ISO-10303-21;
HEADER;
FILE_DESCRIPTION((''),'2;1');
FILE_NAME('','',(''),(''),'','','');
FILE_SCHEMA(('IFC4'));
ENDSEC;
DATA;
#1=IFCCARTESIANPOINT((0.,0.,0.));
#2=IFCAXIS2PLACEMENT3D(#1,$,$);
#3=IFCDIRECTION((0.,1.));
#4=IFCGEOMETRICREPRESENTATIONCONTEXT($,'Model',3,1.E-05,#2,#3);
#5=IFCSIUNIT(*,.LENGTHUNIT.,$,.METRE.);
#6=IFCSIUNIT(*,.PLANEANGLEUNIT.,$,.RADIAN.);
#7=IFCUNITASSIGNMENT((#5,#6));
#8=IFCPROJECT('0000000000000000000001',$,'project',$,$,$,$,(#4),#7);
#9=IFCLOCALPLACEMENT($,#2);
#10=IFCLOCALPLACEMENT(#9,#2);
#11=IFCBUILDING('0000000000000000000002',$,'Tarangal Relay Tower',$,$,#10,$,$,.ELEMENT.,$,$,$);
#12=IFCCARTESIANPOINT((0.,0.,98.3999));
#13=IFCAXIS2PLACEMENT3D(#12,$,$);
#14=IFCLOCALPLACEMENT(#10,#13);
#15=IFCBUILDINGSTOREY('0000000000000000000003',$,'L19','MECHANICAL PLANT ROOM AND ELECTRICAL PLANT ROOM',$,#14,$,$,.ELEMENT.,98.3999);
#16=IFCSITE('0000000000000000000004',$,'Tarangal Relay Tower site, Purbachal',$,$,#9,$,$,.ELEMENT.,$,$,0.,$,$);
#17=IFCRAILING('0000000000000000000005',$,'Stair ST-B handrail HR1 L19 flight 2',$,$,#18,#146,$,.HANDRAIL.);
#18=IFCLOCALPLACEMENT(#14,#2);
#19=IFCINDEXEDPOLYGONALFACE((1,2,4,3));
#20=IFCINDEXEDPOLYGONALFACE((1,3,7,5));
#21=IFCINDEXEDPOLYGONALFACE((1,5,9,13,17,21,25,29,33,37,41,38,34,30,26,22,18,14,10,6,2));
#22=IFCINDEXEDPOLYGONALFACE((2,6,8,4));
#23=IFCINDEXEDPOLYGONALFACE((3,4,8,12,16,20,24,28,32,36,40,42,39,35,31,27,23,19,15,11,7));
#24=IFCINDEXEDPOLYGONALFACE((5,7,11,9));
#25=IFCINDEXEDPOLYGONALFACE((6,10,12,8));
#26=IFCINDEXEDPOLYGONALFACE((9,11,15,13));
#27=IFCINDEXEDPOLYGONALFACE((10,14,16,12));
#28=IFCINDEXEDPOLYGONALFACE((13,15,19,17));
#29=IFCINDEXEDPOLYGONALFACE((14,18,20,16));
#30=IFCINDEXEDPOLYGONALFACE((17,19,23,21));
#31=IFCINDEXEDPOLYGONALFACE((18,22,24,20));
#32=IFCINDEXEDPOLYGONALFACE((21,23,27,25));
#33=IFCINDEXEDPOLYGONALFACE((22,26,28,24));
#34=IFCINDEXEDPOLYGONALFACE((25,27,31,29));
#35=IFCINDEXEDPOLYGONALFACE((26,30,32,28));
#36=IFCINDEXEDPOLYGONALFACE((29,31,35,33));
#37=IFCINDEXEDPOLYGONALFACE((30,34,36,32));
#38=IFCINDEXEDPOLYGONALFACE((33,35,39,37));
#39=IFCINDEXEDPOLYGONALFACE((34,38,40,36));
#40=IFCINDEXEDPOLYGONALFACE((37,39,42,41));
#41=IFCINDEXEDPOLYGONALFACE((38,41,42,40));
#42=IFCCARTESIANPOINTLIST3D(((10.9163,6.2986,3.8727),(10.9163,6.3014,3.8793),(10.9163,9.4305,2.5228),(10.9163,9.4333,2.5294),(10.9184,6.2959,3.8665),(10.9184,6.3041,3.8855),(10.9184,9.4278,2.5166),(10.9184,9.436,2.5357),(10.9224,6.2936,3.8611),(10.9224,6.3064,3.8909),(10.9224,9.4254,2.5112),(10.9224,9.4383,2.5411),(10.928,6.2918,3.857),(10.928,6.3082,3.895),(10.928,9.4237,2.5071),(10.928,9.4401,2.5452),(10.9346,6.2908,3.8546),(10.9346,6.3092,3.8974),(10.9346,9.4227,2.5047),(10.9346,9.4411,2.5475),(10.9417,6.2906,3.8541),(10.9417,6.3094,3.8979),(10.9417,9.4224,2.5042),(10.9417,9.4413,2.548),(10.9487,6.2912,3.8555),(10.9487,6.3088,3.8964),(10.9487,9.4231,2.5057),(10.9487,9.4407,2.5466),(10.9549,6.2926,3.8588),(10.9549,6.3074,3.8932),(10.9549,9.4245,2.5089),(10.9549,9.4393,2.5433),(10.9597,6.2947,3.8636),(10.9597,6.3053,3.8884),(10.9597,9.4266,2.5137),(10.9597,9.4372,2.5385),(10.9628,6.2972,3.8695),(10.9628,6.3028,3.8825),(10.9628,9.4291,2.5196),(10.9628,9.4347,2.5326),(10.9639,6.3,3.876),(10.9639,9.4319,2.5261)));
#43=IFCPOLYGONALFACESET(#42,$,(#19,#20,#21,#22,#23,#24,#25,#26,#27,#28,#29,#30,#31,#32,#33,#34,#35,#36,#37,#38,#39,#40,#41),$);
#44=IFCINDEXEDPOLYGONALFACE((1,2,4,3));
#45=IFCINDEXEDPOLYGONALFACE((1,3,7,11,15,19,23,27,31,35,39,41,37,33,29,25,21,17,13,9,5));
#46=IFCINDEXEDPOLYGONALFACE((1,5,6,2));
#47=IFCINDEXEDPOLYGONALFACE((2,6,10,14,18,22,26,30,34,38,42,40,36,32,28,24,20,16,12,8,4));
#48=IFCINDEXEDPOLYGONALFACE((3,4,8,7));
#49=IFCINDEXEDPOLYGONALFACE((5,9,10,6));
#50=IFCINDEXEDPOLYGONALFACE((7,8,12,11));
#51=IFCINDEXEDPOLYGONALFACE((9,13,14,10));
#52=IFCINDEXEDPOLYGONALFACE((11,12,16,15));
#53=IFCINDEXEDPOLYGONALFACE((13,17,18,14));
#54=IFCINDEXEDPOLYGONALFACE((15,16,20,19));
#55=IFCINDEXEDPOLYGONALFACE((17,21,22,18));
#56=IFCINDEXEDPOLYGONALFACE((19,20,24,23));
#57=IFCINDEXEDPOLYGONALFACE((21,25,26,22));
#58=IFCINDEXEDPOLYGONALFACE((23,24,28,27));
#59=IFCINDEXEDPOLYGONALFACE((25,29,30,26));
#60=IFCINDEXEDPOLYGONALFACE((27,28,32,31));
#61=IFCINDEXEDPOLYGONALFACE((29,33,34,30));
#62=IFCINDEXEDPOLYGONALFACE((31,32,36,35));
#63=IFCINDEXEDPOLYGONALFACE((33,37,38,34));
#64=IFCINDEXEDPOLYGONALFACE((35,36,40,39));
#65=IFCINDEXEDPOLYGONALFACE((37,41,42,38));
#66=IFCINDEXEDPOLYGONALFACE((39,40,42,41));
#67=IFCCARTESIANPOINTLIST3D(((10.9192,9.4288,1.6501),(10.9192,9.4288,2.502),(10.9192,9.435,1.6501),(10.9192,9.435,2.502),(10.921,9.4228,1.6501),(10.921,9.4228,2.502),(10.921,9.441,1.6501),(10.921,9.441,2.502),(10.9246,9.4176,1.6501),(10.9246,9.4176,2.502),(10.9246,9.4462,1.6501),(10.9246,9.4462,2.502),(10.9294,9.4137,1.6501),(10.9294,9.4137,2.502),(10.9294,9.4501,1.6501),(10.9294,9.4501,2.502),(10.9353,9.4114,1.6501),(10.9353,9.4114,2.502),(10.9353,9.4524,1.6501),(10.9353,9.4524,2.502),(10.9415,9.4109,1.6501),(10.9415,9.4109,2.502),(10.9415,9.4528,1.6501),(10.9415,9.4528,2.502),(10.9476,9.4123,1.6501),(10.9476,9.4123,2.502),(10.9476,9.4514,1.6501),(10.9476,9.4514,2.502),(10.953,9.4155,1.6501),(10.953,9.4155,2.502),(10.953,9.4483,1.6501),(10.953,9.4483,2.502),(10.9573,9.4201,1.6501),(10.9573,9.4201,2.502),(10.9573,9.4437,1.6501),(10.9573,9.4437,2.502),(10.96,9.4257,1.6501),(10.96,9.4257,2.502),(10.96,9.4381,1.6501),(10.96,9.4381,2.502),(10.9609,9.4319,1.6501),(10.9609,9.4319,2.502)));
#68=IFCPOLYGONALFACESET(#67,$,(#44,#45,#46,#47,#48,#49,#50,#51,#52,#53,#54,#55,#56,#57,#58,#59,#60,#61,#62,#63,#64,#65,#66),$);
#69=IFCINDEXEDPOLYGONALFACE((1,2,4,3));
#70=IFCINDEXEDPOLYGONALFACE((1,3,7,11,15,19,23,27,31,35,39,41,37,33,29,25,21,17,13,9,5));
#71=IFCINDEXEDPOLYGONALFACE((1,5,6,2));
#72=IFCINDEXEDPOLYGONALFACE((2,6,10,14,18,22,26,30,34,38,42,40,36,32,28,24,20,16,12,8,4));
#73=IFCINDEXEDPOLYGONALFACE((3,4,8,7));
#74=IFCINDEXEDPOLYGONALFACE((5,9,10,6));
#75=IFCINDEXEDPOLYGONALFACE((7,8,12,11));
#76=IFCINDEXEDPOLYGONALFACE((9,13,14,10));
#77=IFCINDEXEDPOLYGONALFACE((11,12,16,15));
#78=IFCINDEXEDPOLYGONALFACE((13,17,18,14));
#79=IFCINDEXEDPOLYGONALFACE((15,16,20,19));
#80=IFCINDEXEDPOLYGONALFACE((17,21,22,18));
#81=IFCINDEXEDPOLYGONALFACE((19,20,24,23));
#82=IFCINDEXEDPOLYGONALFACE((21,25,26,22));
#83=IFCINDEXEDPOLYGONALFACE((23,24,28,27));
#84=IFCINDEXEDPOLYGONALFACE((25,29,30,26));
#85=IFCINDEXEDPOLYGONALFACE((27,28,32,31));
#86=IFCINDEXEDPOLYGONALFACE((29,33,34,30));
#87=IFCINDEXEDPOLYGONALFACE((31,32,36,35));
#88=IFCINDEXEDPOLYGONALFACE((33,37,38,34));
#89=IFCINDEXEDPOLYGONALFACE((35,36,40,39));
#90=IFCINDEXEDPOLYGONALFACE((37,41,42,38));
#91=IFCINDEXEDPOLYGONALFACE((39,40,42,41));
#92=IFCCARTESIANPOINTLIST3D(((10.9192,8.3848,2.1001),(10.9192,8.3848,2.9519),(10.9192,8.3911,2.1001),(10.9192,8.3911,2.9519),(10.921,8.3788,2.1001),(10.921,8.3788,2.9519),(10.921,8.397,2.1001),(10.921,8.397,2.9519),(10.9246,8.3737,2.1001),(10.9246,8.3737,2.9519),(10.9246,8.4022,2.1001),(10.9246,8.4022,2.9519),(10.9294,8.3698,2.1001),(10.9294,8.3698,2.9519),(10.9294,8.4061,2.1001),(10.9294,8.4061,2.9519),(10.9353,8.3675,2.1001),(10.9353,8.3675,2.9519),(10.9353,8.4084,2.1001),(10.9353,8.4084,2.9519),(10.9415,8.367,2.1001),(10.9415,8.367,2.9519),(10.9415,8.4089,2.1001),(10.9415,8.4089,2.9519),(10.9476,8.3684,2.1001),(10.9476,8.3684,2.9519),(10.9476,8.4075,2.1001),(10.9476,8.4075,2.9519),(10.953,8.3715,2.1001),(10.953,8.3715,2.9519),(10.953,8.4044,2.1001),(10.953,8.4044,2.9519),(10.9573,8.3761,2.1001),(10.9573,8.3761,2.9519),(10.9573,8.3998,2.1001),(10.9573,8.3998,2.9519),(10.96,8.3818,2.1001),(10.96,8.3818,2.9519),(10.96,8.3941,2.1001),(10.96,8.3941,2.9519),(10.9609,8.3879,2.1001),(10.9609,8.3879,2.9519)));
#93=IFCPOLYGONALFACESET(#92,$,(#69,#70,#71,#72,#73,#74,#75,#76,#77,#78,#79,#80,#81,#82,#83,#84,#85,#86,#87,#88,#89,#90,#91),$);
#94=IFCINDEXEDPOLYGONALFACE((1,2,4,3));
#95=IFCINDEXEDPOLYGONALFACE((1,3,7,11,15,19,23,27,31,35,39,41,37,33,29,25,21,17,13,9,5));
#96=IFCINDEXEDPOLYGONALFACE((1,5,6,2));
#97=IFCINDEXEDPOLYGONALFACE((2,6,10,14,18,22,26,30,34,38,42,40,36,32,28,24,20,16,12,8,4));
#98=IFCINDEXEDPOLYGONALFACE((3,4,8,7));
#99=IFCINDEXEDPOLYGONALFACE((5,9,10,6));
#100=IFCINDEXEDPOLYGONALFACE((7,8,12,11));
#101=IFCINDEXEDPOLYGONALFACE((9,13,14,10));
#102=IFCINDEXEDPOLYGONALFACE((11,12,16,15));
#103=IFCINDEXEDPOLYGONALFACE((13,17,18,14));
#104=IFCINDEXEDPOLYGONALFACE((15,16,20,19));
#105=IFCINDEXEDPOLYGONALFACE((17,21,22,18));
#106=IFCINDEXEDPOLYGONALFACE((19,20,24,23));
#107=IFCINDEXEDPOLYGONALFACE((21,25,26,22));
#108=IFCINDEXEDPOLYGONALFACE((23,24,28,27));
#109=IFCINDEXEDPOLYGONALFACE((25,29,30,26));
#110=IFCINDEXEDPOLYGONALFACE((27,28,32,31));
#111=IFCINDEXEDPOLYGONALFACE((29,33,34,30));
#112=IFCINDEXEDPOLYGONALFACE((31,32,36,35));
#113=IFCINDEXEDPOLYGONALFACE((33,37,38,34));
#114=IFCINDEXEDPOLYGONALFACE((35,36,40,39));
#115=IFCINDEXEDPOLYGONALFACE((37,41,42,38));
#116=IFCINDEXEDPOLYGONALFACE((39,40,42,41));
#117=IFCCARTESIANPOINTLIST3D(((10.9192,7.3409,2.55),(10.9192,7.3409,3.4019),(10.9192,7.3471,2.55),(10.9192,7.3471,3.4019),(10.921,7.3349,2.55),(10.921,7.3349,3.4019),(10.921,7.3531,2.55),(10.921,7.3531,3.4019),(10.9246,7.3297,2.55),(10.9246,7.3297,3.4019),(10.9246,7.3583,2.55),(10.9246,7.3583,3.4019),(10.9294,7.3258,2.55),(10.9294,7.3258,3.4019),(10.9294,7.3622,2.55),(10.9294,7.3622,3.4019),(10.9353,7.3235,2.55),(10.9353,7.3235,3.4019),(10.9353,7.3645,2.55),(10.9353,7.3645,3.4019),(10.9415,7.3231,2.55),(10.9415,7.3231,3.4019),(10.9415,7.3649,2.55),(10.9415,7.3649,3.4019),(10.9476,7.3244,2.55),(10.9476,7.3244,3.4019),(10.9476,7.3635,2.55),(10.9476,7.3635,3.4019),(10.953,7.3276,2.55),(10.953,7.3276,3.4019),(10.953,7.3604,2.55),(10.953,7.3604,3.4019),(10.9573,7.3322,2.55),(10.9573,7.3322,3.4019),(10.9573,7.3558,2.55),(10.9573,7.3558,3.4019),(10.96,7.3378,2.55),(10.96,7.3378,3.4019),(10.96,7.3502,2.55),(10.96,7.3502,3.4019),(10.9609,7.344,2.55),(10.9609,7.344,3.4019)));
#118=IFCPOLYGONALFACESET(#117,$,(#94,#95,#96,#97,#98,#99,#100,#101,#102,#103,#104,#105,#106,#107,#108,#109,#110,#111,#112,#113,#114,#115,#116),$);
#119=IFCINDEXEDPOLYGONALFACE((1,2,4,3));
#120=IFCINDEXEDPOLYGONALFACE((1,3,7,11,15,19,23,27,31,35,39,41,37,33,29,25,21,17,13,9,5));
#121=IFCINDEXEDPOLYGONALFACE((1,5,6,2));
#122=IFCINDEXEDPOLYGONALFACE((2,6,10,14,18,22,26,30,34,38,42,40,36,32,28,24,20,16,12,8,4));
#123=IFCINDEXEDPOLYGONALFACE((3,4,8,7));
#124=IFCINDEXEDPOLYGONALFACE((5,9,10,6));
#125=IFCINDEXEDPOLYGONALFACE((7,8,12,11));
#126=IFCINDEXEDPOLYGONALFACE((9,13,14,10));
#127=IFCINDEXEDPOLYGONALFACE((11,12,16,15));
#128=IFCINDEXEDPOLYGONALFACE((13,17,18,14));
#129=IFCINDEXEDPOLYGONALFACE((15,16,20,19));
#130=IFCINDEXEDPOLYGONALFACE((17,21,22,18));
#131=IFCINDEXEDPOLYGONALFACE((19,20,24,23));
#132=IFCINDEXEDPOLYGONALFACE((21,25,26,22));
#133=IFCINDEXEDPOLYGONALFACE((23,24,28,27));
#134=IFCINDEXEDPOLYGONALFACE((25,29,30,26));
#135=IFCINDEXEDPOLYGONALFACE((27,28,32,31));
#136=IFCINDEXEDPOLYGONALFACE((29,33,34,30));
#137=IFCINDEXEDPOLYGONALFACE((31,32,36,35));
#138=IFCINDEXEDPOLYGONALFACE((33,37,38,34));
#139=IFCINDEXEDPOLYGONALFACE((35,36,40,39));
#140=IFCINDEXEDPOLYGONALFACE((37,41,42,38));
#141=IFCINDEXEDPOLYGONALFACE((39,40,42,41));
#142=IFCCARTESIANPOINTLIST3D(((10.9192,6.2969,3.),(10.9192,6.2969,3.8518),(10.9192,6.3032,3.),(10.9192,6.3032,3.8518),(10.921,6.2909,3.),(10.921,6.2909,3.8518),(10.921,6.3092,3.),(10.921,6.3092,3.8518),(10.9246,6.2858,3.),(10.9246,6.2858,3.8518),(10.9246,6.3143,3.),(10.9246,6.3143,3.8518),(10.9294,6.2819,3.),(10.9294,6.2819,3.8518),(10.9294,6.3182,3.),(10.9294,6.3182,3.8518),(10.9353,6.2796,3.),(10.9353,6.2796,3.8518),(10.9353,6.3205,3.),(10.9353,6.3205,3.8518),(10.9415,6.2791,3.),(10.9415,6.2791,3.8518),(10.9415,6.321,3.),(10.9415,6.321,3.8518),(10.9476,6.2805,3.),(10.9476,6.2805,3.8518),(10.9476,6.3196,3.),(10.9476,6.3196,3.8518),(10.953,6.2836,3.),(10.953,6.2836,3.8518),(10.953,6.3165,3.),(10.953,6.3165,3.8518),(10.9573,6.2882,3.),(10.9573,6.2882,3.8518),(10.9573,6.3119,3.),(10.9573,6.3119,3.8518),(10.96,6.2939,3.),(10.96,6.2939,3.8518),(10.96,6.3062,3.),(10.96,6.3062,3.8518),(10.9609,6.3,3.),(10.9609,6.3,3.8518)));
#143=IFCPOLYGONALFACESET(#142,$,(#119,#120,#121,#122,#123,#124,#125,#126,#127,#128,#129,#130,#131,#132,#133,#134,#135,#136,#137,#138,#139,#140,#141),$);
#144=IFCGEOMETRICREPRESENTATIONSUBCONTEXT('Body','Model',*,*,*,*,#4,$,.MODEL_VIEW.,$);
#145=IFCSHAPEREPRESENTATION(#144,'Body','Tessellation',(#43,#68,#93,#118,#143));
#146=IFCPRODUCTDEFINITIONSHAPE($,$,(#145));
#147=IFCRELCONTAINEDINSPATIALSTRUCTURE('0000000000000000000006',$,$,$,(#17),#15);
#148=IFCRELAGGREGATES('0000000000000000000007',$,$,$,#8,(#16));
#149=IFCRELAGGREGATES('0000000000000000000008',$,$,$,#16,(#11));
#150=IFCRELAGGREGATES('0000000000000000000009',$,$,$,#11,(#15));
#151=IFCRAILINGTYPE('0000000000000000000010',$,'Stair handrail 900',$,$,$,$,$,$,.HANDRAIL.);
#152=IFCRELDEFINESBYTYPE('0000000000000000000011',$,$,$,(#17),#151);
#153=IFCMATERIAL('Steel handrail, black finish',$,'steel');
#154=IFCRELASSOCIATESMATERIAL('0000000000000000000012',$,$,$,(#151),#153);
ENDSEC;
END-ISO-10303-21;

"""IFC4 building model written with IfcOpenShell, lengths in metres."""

from ifc_helpers import new_model, si_unit, direction, frame, origin, origin_2d, place, context, subcontext, project, spatial, circle, extrude, material, type_object, element, save


model = new_model("IFC4")

# Units and contexts
model_context = context("Model", 3, precision=1e-05, world=origin(), true_north=direction((0.0, 1.0)))
body_context = subcontext(model_context, "Body", "Model", "MODEL_VIEW")
ifc_project = project(units=[si_unit("LENGTHUNIT", "METRE"), si_unit("PLANEANGLEUNIT", "RADIAN")], contexts=[model_context])

# Site, building, storey
site_placement = place(None, origin())
site = spatial("IfcSite", under=ifc_project, at=site_placement, Name="Tarangal Relay Tower site, Purbachal", CompositionType="ELEMENT", RefElevation=0.0)
building_placement = place(site_placement, origin())
building = spatial("IfcBuilding", under=site, at=building_placement, Name="Tarangal Relay Tower", CompositionType="ELEMENT")
storey_placement = place(building_placement, frame((0.0, 0.0, 98.3999)))
storey = spatial("IfcBuildingStorey", under=building, at=storey_placement, Name="L19", Description="MECHANICAL PLANT ROOM AND ELECTRICAL PLANT ROOM", CompositionType="ELEMENT", Elevation=98.3999)

# Railing
ifc_material_1 = material(Name="Steel handrail, black finish", Category="steel")
railing_type_1 = type_object("IfcRailingType", Name="Stair handrail 900", PredefinedType="HANDRAIL", material=ifc_material_1)
for number, where, name in (
    (1, (10.9399, 9.4319, 1.6501), "Stair ST-B handrail HR1 L19 flight 2"),
):
    element("IfcRailing", number, at=place(storey_placement, frame(where)), inside=storey, type_object=railing_type_1, Name=name, PredefinedType="HANDRAIL", context=body_context, shape_type="SweptSolid", body=[
        extrude(circle(Radius=0.0239, at=origin_2d()), frame((0.0, 0.0, 0.876), z_axis=(0.0, -0.918332, 0.395811), x_axis=(1.0, 0.0, 0.0)), (0.0, 0.0, 1.0), 3.4104),
        extrude(circle(Radius=0.021, at=origin_2d()), origin(), (0.0, 0.0, 1.0), 0.8518),
        extrude(circle(Radius=0.021, at=origin_2d()), frame((0.0, -1.0439, 0.45)), (0.0, 0.0, 1.0), 0.8518),
        extrude(circle(Radius=0.021, at=origin_2d()), frame((0.0, -2.0879, 0.8999)), (0.0, 0.0, 1.0), 0.8518),
        extrude(circle(Radius=0.021, at=origin_2d()), frame((0.0, -3.1318, 1.3499)), (0.0, 0.0, 1.0), 0.8518),
    ])

save(model, "model.ifc")
